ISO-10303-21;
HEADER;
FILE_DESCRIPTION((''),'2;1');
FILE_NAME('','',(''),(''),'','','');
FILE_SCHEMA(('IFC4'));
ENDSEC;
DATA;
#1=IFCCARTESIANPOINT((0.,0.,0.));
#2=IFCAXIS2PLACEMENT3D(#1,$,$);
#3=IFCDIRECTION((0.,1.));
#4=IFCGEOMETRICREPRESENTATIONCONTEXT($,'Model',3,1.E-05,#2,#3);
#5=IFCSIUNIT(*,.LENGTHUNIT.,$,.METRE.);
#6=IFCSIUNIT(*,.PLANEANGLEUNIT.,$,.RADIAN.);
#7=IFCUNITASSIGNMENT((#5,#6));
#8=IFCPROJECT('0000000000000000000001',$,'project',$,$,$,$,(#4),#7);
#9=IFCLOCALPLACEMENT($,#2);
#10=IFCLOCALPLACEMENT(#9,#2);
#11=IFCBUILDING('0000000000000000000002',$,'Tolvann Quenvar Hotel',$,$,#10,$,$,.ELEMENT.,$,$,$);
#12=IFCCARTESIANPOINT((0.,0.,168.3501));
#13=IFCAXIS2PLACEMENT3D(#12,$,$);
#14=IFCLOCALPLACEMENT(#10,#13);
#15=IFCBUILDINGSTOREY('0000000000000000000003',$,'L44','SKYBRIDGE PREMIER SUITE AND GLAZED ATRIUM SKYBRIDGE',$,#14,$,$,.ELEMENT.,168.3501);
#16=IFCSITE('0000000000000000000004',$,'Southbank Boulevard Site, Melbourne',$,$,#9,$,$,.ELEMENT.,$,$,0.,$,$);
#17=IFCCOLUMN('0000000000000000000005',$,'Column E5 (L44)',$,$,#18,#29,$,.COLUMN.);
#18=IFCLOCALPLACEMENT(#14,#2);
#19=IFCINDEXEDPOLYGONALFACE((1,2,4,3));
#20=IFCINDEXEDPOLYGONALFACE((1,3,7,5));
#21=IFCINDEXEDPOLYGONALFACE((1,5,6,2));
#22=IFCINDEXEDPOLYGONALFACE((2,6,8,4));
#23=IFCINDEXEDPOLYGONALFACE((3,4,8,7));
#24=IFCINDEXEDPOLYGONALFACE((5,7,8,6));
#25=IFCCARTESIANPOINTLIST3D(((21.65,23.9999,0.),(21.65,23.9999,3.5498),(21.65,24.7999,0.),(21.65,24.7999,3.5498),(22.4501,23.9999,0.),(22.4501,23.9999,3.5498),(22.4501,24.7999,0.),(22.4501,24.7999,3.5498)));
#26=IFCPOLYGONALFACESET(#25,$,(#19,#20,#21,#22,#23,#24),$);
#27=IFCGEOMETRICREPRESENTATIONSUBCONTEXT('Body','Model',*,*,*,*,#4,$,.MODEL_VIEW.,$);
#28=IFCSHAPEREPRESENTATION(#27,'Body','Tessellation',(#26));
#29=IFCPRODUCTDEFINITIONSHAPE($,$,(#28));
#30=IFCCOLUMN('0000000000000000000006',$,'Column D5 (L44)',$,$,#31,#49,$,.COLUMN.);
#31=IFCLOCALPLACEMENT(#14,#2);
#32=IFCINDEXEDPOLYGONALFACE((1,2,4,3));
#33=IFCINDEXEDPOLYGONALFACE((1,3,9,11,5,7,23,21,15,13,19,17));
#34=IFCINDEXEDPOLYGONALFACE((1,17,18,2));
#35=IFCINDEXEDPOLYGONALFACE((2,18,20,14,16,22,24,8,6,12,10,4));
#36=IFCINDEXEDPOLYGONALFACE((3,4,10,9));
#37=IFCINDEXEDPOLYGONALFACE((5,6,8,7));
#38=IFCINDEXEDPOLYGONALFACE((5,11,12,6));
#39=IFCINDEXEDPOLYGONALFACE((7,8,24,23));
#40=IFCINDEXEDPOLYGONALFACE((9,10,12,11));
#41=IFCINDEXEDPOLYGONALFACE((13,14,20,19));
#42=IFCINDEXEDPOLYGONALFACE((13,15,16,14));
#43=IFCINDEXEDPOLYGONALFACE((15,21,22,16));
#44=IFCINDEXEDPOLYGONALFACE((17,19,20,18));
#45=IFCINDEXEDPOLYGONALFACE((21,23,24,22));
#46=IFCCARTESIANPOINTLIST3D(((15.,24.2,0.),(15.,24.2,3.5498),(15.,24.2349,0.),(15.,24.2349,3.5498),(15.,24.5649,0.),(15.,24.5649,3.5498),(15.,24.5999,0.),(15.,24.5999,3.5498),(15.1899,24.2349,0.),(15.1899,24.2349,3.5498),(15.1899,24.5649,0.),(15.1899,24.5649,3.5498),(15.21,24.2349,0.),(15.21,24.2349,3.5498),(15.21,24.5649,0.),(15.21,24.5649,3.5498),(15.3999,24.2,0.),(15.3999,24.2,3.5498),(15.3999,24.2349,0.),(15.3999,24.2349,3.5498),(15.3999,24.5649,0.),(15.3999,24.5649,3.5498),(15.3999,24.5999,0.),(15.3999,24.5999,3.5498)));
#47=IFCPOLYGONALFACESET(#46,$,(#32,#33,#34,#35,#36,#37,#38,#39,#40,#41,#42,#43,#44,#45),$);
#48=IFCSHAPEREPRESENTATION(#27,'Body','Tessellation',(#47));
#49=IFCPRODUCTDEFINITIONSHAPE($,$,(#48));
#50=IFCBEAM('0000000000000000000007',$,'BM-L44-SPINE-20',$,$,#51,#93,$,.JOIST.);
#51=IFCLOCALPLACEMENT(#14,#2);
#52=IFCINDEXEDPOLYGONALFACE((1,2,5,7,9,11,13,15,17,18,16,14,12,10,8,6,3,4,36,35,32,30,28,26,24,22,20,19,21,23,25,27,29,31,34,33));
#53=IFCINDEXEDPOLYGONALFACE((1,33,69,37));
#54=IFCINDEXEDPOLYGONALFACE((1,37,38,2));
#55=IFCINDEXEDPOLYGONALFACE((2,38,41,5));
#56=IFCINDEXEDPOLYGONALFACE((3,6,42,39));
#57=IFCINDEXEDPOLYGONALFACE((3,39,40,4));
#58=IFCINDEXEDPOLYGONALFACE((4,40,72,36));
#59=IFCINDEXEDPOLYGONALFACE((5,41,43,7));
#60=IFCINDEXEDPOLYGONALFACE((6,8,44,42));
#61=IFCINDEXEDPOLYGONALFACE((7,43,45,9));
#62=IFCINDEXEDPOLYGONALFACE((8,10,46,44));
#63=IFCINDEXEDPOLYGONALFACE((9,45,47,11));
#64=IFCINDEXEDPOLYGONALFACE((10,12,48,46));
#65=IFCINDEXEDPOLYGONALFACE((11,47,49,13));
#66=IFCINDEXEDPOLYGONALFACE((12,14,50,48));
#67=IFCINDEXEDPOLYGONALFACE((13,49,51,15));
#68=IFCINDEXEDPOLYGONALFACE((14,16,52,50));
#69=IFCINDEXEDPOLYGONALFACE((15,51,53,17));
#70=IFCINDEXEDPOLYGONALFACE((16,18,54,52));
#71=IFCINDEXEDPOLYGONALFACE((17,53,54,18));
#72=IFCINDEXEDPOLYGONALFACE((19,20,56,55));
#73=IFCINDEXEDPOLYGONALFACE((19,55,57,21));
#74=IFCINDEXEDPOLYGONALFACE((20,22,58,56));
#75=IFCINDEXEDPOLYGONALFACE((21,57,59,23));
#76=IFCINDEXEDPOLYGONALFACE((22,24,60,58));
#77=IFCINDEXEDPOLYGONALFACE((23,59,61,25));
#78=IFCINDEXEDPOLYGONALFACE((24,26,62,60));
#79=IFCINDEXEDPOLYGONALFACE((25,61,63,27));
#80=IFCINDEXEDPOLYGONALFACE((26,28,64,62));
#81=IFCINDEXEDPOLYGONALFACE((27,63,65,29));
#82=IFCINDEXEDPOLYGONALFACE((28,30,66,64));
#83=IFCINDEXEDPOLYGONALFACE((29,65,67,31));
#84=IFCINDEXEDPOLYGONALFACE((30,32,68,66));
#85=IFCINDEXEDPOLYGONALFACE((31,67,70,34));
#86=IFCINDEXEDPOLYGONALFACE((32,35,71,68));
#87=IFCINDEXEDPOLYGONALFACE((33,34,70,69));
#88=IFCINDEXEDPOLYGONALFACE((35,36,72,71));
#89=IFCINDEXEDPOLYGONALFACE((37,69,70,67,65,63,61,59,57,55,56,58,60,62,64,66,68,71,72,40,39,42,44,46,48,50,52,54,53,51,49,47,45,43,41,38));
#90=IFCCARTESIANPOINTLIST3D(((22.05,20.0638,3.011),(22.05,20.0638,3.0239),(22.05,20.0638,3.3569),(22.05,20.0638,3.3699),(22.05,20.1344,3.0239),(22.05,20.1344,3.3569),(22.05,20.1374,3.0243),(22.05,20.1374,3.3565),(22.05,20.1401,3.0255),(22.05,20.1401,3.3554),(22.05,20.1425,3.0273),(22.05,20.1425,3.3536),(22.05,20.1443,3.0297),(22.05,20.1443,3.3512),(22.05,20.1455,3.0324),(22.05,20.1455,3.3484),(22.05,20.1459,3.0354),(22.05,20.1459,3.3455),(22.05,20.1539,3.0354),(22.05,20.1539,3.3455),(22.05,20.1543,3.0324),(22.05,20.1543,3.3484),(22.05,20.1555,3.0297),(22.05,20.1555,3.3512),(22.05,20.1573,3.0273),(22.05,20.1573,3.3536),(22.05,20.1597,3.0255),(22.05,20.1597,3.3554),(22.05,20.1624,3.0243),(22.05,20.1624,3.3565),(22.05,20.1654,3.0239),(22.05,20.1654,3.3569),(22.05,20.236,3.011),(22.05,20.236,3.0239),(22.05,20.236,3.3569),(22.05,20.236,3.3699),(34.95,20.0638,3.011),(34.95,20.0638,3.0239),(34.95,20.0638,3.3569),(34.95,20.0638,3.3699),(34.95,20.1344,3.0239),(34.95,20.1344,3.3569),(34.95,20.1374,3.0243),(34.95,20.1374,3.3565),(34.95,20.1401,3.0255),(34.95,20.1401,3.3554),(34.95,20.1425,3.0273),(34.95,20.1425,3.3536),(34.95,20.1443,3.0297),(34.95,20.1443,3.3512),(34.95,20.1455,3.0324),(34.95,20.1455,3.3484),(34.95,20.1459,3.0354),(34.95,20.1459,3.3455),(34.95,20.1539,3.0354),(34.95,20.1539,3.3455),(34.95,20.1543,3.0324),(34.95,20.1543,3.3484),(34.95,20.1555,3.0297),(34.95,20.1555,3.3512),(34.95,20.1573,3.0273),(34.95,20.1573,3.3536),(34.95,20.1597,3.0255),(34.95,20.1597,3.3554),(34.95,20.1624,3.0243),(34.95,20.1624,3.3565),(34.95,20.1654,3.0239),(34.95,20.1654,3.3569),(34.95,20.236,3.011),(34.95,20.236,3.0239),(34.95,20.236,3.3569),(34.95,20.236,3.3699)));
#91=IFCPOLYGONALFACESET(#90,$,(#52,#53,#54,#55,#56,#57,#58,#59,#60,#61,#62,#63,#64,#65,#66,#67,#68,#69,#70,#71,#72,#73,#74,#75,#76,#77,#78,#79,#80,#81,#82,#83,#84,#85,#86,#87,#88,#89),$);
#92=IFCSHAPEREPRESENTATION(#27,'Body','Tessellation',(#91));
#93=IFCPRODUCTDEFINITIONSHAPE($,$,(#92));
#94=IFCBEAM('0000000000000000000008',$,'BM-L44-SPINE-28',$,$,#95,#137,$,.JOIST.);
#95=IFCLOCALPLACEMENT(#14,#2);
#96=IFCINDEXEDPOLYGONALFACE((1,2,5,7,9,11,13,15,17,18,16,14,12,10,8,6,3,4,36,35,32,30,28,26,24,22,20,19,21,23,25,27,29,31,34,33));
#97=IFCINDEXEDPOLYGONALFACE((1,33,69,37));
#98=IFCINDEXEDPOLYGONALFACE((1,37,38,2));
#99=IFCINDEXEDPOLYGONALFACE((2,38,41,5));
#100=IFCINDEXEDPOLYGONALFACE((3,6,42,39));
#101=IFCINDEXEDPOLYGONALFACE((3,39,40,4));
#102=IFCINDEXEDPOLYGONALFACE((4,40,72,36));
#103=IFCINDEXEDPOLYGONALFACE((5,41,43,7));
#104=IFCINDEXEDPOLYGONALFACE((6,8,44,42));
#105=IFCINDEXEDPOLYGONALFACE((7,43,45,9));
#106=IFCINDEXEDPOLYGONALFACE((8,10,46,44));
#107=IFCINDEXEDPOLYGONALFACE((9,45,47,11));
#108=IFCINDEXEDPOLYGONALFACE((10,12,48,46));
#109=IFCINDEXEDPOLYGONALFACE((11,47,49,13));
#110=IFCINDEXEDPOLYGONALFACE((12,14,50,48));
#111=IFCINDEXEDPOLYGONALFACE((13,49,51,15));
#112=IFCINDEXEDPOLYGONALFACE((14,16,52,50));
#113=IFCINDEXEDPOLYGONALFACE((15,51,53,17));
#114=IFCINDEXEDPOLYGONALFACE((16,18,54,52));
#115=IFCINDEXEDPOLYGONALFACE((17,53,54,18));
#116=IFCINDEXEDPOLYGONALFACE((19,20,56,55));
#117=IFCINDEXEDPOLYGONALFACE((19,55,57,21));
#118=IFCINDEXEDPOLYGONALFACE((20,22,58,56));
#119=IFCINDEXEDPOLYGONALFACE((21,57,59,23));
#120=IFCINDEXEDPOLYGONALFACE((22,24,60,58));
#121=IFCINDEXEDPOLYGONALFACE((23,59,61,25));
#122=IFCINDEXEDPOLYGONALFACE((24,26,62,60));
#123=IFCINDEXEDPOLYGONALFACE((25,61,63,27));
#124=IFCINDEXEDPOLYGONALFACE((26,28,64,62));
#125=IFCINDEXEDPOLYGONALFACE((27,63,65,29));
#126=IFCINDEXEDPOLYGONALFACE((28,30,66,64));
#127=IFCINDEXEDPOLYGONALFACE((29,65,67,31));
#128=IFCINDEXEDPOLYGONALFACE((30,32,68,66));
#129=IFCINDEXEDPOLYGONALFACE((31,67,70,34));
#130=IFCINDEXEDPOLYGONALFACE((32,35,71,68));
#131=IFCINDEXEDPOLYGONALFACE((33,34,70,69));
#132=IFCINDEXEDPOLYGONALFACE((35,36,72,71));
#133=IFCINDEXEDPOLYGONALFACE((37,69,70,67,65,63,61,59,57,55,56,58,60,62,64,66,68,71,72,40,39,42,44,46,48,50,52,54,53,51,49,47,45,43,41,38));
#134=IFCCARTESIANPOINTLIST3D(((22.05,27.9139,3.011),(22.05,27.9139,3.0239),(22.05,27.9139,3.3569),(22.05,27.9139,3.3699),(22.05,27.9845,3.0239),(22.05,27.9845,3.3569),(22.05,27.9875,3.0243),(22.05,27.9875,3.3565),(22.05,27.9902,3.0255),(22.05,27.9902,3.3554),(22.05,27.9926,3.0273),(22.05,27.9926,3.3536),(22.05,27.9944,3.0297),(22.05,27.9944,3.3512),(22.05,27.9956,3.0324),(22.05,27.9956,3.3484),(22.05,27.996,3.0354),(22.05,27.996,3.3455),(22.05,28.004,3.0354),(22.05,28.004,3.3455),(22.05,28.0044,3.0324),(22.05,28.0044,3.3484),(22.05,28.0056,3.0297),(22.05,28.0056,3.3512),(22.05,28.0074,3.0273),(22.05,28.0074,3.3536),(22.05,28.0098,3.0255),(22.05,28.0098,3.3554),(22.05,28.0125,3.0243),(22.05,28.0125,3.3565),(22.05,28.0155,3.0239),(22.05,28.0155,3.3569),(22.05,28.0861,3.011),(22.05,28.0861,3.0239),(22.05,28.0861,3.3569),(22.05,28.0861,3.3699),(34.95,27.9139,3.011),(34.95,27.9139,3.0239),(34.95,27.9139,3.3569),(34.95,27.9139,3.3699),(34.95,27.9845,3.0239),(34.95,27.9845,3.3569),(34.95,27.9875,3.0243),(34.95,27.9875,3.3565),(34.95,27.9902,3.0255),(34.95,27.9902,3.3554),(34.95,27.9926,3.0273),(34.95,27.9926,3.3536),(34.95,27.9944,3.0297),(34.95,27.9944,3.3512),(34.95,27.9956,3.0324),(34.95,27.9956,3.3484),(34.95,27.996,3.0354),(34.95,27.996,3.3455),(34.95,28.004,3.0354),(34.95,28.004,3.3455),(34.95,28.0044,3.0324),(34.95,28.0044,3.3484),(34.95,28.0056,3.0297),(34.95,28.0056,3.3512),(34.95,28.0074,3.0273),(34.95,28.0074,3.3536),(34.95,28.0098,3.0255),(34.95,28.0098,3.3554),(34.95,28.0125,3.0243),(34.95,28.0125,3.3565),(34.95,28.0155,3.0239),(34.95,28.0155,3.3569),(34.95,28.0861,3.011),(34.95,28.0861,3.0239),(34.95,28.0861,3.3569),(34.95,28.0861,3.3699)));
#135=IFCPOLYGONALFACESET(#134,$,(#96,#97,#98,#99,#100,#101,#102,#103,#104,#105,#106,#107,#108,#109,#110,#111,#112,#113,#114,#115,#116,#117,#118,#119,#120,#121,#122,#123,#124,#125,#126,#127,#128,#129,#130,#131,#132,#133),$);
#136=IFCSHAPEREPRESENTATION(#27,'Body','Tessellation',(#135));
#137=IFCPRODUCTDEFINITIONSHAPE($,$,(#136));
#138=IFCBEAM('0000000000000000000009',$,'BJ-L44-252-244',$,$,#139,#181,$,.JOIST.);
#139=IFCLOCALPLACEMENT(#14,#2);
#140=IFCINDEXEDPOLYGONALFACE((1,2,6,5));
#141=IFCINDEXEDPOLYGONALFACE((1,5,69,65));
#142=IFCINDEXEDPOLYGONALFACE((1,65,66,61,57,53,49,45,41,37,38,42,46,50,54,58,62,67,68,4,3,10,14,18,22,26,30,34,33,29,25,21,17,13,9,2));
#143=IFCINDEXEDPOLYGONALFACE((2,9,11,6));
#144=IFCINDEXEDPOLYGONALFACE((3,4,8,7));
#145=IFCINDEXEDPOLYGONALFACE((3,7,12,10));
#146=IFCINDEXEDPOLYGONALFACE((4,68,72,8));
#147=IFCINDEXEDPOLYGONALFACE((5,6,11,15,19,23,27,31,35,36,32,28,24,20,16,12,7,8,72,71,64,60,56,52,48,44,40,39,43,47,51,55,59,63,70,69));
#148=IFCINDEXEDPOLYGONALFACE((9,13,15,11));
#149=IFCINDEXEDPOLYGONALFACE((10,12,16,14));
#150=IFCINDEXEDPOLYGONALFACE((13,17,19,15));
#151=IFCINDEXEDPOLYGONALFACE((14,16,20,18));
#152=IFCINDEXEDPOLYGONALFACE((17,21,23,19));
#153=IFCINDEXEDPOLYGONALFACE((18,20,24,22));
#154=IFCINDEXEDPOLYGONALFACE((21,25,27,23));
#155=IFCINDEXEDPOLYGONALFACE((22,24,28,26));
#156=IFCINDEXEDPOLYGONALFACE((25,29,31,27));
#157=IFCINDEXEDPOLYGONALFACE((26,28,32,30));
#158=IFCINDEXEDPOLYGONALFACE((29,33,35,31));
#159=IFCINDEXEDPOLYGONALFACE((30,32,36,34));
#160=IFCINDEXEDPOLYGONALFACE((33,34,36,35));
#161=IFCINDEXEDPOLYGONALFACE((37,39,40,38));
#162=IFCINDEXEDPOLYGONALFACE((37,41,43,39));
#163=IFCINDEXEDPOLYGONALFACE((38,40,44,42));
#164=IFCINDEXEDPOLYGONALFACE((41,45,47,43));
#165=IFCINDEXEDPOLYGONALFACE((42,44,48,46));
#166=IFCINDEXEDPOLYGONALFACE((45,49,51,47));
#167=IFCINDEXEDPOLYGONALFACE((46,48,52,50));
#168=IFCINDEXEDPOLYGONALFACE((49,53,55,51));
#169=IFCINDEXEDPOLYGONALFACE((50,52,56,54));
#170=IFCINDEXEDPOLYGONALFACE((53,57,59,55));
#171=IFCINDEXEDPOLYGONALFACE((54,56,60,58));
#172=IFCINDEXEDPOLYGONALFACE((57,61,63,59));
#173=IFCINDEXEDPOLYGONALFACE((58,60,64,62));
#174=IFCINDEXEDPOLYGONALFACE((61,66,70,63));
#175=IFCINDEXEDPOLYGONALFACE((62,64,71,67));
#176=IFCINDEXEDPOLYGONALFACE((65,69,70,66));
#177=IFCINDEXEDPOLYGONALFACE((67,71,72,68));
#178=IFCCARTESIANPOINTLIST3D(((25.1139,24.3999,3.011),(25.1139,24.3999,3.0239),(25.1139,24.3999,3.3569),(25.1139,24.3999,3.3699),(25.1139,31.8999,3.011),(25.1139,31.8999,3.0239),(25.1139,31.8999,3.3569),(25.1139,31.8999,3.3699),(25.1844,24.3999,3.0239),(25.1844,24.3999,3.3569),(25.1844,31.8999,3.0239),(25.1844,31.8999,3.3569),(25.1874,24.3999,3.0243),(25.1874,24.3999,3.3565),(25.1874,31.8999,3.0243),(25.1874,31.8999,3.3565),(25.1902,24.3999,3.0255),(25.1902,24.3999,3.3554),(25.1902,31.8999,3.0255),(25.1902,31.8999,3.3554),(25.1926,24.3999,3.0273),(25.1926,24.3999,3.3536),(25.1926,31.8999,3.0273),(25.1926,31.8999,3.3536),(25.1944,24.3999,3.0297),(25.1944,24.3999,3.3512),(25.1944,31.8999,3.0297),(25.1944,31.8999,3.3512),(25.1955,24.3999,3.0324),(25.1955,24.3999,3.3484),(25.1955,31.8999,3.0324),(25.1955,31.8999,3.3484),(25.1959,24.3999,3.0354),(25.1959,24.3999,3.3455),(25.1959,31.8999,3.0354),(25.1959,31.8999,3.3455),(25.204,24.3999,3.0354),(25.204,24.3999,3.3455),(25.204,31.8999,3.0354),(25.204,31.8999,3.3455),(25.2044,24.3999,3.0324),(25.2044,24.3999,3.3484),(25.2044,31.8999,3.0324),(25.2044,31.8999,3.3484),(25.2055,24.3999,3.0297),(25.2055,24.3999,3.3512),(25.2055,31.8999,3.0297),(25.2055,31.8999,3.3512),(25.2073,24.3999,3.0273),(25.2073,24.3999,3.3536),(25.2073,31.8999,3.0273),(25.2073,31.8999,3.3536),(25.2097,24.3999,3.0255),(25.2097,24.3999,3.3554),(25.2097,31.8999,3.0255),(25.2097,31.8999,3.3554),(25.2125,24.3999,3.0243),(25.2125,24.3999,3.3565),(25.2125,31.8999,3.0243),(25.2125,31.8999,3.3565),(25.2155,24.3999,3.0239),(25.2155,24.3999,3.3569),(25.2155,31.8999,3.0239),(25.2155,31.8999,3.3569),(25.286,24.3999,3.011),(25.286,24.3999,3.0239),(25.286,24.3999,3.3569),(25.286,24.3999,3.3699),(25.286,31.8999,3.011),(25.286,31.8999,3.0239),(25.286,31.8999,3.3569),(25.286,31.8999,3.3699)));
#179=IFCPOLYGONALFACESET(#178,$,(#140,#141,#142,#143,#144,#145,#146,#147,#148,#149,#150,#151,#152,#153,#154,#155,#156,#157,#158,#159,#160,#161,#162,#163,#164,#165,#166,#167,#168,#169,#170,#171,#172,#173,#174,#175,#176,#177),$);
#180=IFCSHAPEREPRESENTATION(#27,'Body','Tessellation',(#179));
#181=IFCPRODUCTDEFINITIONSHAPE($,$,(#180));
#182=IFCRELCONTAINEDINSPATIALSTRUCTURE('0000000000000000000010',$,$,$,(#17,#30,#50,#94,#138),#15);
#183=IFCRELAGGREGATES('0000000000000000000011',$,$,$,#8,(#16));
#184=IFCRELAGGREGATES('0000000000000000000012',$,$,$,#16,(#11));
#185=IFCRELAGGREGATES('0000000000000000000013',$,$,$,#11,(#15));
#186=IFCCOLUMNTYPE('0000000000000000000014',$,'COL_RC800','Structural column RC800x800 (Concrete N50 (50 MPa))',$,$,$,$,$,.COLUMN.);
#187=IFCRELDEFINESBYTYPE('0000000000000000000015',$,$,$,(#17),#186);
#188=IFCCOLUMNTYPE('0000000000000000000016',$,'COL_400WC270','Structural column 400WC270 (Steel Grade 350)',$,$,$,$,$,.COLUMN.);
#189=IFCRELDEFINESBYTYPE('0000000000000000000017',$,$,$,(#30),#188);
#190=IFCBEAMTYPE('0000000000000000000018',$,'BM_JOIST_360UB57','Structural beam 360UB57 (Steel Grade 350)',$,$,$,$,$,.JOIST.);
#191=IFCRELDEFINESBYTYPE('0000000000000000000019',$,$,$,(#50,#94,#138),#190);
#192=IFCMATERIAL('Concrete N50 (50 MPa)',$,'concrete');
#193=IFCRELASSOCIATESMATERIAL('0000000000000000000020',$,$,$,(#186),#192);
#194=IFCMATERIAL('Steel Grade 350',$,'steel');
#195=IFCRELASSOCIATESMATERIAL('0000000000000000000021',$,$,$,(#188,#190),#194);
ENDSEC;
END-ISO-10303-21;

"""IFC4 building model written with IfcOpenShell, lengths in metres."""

from ifc_helpers import new_model, si_unit, direction, frame, origin, origin_2d, place, context, subcontext, project, spatial, rectangle, i_section, extrude, source, transform, mapped, material, material_profile, profile_set, type_object, type_shapes, element, save


model = new_model("IFC4")

# Units and contexts
model_context = context("Model", 3, precision=1e-05, world=origin(), true_north=direction((0.0, 1.0)))
body_context = subcontext(model_context, "Body", "Model", "MODEL_VIEW")
ifc_project = project(units=[si_unit("LENGTHUNIT", "METRE"), si_unit("PLANEANGLEUNIT", "RADIAN")], contexts=[model_context])

# Site, building, storey
site_placement = place(None, origin())
site = spatial("IfcSite", under=ifc_project, at=site_placement, Name="Southbank Boulevard Site, Melbourne", CompositionType="ELEMENT", RefElevation=0.0)
building_placement = place(site_placement, origin())
building = spatial("IfcBuilding", under=site, at=building_placement, Name="Tolvann Quenvar Hotel", CompositionType="ELEMENT")
storey_placement = place(building_placement, frame((0.0, 0.0, 168.3501)))
storey = spatial("IfcBuildingStorey", under=building, at=storey_placement, Name="L44", Description="SKYBRIDGE PREMIER SUITE AND GLAZED ATRIUM SKYBRIDGE", CompositionType="ELEMENT", Elevation=168.3501)

# Columns
ifc_material_1 = material(Name="Concrete N50 (50 MPa)", Category="concrete")
ifc_material_profile_1 = material_profile(ifc_material_1, rectangle(XDim=0.8, YDim=0.8, at=origin_2d()), Name="RC800x800")
ifc_profile_set_1 = profile_set([ifc_material_profile_1], Name="Concrete N50 (50 MPa)")
column_type_1 = type_object("IfcColumnType", Name="COL_RC800", Description="Structural column RC800x800 (Concrete N50 (50 MPa))", PredefinedType="COLUMN", material=ifc_profile_set_1)
shared_shape_1 = source(origin(), body_context, "Body", "SweptSolid", [
    extrude(rectangle(XDim=0.8, YDim=0.8, at=origin_2d()), origin(), (0.0, 0.0, 1.0), 3.5498),
])
type_shapes(column_type_1, [shared_shape_1])
column_1_placement = place(storey_placement, frame((22.05, 24.3999, 0.0), z_axis=(0.0, 0.0, 1.0), x_axis=(1.0, 0.0, 0.0)))
element("IfcColumn", 1, at=column_1_placement, inside=storey, type_object=column_type_1, Name="Column E5 (L44)", PredefinedType="COLUMN", context=body_context, shape_type="MappedRepresentation", body=[
    mapped(shared_shape_1, transform((0.0, 0.0, 0.0), x_axis=(1.0, 0.0, 0.0), y_axis=(0.0, 1.0, 0.0), z_axis=(0.0, 0.0, 1.0), scale=1.0)),
])
ifc_material_2 = material(Name="Steel Grade 350", Category="steel")
ifc_material_profile_2 = material_profile(ifc_material_2, i_section(OverallWidth=0.3999, OverallDepth=0.3999, WebThickness=0.02, FlangeThickness=0.0349, at=origin_2d()), Name="400WC270")
ifc_profile_set_2 = profile_set([ifc_material_profile_2], Name="Steel Grade 350")
column_type_2 = type_object("IfcColumnType", Name="COL_400WC270", Description="Structural column 400WC270 (Steel Grade 350)", PredefinedType="COLUMN", material=ifc_profile_set_2)
shared_shape_2 = source(origin(), body_context, "Body", "SweptSolid", [
    extrude(i_section(OverallWidth=0.3999, OverallDepth=0.3999, WebThickness=0.02, FlangeThickness=0.0349, at=origin_2d()), origin(), (0.0, 0.0, 1.0), 3.5498),
])
type_shapes(column_type_2, [shared_shape_2])
column_2_placement = place(storey_placement, frame((15.2, 24.3999, 0.0), z_axis=(0.0, 0.0, 1.0), x_axis=(1.0, 0.0, 0.0)))
element("IfcColumn", 2, at=column_2_placement, inside=storey, type_object=column_type_2, Name="Column D5 (L44)", PredefinedType="COLUMN", context=body_context, shape_type="MappedRepresentation", body=[
    mapped(shared_shape_2, transform((0.0, 0.0, 0.0), x_axis=(1.0, 0.0, 0.0), y_axis=(0.0, 1.0, 0.0), z_axis=(0.0, 0.0, 1.0), scale=1.0)),
])

# Beams
ifc_material_profile_3 = material_profile(ifc_material_2, i_section(OverallWidth=0.1721, OverallDepth=0.3589, WebThickness=0.0081, FlangeThickness=0.0129, FilletRadius=0.0115, at=origin_2d()), Name="360UB57")
ifc_profile_set_3 = profile_set([ifc_material_profile_3], Name="Steel Grade 350")
beam_type_1 = type_object("IfcBeamType", Name="BM_JOIST_360UB57", Description="Structural beam 360UB57 (Steel Grade 350)", PredefinedType="JOIST", material=ifc_profile_set_3)
shared_shape_3 = source(origin(), body_context, "Body", "SweptSolid", [
    extrude(i_section(OverallWidth=0.1721, OverallDepth=0.3589, WebThickness=0.0081, FlangeThickness=0.0129, FilletRadius=0.0115, at=origin_2d()), origin(), (0.0, 0.0, 1.0), 12.8999),
])
for number, where, z_axis, x_axis, name in (
    (3, (22.05, 20.1499, 3.1904), (1.0, 0.0, 0.0), (0.0, 1.0, 0.0), "BM-L44-SPINE-20"),
    (4, (22.05, 28.0, 3.1904), (1.0, 0.0, 0.0), (0.0, 1.0, 0.0), "BM-L44-SPINE-28"),
):
    element("IfcBeam", number, at=place(storey_placement, frame(where, z_axis=z_axis, x_axis=x_axis)), inside=storey, type_object=beam_type_1, Name=name, PredefinedType="JOIST", context=body_context, shape_type="MappedRepresentation", body=[
        mapped(shared_shape_3, transform((0.0, 0.0, 0.0), x_axis=(1.0, 0.0, 0.0), y_axis=(0.0, 1.0, 0.0), z_axis=(0.0, 0.0, 1.0), scale=1.0)),
    ])
shared_shape_4 = source(origin(), body_context, "Body", "SweptSolid", [
    extrude(i_section(OverallWidth=0.1721, OverallDepth=0.3589, WebThickness=0.0081, FlangeThickness=0.0129, FilletRadius=0.0115, at=origin_2d()), origin(), (0.0, 0.0, 1.0), 7.5),
])
type_shapes(beam_type_1, [shared_shape_3, shared_shape_4])
beam_1_placement = place(storey_placement, frame((25.2, 24.3999, 3.1904), z_axis=(0.0, 1.0, 0.0), x_axis=(-1.0, 0.0, 0.0)))
element("IfcBeam", 5, at=beam_1_placement, inside=storey, type_object=beam_type_1, Name="BJ-L44-252-244", PredefinedType="JOIST", context=body_context, shape_type="MappedRepresentation", body=[
    mapped(shared_shape_4, transform((0.0, 0.0, 0.0), x_axis=(1.0, 0.0, 0.0), y_axis=(0.0, 1.0, 0.0), z_axis=(0.0, 0.0, 1.0), scale=1.0)),
])

save(model, "model.ifc")
